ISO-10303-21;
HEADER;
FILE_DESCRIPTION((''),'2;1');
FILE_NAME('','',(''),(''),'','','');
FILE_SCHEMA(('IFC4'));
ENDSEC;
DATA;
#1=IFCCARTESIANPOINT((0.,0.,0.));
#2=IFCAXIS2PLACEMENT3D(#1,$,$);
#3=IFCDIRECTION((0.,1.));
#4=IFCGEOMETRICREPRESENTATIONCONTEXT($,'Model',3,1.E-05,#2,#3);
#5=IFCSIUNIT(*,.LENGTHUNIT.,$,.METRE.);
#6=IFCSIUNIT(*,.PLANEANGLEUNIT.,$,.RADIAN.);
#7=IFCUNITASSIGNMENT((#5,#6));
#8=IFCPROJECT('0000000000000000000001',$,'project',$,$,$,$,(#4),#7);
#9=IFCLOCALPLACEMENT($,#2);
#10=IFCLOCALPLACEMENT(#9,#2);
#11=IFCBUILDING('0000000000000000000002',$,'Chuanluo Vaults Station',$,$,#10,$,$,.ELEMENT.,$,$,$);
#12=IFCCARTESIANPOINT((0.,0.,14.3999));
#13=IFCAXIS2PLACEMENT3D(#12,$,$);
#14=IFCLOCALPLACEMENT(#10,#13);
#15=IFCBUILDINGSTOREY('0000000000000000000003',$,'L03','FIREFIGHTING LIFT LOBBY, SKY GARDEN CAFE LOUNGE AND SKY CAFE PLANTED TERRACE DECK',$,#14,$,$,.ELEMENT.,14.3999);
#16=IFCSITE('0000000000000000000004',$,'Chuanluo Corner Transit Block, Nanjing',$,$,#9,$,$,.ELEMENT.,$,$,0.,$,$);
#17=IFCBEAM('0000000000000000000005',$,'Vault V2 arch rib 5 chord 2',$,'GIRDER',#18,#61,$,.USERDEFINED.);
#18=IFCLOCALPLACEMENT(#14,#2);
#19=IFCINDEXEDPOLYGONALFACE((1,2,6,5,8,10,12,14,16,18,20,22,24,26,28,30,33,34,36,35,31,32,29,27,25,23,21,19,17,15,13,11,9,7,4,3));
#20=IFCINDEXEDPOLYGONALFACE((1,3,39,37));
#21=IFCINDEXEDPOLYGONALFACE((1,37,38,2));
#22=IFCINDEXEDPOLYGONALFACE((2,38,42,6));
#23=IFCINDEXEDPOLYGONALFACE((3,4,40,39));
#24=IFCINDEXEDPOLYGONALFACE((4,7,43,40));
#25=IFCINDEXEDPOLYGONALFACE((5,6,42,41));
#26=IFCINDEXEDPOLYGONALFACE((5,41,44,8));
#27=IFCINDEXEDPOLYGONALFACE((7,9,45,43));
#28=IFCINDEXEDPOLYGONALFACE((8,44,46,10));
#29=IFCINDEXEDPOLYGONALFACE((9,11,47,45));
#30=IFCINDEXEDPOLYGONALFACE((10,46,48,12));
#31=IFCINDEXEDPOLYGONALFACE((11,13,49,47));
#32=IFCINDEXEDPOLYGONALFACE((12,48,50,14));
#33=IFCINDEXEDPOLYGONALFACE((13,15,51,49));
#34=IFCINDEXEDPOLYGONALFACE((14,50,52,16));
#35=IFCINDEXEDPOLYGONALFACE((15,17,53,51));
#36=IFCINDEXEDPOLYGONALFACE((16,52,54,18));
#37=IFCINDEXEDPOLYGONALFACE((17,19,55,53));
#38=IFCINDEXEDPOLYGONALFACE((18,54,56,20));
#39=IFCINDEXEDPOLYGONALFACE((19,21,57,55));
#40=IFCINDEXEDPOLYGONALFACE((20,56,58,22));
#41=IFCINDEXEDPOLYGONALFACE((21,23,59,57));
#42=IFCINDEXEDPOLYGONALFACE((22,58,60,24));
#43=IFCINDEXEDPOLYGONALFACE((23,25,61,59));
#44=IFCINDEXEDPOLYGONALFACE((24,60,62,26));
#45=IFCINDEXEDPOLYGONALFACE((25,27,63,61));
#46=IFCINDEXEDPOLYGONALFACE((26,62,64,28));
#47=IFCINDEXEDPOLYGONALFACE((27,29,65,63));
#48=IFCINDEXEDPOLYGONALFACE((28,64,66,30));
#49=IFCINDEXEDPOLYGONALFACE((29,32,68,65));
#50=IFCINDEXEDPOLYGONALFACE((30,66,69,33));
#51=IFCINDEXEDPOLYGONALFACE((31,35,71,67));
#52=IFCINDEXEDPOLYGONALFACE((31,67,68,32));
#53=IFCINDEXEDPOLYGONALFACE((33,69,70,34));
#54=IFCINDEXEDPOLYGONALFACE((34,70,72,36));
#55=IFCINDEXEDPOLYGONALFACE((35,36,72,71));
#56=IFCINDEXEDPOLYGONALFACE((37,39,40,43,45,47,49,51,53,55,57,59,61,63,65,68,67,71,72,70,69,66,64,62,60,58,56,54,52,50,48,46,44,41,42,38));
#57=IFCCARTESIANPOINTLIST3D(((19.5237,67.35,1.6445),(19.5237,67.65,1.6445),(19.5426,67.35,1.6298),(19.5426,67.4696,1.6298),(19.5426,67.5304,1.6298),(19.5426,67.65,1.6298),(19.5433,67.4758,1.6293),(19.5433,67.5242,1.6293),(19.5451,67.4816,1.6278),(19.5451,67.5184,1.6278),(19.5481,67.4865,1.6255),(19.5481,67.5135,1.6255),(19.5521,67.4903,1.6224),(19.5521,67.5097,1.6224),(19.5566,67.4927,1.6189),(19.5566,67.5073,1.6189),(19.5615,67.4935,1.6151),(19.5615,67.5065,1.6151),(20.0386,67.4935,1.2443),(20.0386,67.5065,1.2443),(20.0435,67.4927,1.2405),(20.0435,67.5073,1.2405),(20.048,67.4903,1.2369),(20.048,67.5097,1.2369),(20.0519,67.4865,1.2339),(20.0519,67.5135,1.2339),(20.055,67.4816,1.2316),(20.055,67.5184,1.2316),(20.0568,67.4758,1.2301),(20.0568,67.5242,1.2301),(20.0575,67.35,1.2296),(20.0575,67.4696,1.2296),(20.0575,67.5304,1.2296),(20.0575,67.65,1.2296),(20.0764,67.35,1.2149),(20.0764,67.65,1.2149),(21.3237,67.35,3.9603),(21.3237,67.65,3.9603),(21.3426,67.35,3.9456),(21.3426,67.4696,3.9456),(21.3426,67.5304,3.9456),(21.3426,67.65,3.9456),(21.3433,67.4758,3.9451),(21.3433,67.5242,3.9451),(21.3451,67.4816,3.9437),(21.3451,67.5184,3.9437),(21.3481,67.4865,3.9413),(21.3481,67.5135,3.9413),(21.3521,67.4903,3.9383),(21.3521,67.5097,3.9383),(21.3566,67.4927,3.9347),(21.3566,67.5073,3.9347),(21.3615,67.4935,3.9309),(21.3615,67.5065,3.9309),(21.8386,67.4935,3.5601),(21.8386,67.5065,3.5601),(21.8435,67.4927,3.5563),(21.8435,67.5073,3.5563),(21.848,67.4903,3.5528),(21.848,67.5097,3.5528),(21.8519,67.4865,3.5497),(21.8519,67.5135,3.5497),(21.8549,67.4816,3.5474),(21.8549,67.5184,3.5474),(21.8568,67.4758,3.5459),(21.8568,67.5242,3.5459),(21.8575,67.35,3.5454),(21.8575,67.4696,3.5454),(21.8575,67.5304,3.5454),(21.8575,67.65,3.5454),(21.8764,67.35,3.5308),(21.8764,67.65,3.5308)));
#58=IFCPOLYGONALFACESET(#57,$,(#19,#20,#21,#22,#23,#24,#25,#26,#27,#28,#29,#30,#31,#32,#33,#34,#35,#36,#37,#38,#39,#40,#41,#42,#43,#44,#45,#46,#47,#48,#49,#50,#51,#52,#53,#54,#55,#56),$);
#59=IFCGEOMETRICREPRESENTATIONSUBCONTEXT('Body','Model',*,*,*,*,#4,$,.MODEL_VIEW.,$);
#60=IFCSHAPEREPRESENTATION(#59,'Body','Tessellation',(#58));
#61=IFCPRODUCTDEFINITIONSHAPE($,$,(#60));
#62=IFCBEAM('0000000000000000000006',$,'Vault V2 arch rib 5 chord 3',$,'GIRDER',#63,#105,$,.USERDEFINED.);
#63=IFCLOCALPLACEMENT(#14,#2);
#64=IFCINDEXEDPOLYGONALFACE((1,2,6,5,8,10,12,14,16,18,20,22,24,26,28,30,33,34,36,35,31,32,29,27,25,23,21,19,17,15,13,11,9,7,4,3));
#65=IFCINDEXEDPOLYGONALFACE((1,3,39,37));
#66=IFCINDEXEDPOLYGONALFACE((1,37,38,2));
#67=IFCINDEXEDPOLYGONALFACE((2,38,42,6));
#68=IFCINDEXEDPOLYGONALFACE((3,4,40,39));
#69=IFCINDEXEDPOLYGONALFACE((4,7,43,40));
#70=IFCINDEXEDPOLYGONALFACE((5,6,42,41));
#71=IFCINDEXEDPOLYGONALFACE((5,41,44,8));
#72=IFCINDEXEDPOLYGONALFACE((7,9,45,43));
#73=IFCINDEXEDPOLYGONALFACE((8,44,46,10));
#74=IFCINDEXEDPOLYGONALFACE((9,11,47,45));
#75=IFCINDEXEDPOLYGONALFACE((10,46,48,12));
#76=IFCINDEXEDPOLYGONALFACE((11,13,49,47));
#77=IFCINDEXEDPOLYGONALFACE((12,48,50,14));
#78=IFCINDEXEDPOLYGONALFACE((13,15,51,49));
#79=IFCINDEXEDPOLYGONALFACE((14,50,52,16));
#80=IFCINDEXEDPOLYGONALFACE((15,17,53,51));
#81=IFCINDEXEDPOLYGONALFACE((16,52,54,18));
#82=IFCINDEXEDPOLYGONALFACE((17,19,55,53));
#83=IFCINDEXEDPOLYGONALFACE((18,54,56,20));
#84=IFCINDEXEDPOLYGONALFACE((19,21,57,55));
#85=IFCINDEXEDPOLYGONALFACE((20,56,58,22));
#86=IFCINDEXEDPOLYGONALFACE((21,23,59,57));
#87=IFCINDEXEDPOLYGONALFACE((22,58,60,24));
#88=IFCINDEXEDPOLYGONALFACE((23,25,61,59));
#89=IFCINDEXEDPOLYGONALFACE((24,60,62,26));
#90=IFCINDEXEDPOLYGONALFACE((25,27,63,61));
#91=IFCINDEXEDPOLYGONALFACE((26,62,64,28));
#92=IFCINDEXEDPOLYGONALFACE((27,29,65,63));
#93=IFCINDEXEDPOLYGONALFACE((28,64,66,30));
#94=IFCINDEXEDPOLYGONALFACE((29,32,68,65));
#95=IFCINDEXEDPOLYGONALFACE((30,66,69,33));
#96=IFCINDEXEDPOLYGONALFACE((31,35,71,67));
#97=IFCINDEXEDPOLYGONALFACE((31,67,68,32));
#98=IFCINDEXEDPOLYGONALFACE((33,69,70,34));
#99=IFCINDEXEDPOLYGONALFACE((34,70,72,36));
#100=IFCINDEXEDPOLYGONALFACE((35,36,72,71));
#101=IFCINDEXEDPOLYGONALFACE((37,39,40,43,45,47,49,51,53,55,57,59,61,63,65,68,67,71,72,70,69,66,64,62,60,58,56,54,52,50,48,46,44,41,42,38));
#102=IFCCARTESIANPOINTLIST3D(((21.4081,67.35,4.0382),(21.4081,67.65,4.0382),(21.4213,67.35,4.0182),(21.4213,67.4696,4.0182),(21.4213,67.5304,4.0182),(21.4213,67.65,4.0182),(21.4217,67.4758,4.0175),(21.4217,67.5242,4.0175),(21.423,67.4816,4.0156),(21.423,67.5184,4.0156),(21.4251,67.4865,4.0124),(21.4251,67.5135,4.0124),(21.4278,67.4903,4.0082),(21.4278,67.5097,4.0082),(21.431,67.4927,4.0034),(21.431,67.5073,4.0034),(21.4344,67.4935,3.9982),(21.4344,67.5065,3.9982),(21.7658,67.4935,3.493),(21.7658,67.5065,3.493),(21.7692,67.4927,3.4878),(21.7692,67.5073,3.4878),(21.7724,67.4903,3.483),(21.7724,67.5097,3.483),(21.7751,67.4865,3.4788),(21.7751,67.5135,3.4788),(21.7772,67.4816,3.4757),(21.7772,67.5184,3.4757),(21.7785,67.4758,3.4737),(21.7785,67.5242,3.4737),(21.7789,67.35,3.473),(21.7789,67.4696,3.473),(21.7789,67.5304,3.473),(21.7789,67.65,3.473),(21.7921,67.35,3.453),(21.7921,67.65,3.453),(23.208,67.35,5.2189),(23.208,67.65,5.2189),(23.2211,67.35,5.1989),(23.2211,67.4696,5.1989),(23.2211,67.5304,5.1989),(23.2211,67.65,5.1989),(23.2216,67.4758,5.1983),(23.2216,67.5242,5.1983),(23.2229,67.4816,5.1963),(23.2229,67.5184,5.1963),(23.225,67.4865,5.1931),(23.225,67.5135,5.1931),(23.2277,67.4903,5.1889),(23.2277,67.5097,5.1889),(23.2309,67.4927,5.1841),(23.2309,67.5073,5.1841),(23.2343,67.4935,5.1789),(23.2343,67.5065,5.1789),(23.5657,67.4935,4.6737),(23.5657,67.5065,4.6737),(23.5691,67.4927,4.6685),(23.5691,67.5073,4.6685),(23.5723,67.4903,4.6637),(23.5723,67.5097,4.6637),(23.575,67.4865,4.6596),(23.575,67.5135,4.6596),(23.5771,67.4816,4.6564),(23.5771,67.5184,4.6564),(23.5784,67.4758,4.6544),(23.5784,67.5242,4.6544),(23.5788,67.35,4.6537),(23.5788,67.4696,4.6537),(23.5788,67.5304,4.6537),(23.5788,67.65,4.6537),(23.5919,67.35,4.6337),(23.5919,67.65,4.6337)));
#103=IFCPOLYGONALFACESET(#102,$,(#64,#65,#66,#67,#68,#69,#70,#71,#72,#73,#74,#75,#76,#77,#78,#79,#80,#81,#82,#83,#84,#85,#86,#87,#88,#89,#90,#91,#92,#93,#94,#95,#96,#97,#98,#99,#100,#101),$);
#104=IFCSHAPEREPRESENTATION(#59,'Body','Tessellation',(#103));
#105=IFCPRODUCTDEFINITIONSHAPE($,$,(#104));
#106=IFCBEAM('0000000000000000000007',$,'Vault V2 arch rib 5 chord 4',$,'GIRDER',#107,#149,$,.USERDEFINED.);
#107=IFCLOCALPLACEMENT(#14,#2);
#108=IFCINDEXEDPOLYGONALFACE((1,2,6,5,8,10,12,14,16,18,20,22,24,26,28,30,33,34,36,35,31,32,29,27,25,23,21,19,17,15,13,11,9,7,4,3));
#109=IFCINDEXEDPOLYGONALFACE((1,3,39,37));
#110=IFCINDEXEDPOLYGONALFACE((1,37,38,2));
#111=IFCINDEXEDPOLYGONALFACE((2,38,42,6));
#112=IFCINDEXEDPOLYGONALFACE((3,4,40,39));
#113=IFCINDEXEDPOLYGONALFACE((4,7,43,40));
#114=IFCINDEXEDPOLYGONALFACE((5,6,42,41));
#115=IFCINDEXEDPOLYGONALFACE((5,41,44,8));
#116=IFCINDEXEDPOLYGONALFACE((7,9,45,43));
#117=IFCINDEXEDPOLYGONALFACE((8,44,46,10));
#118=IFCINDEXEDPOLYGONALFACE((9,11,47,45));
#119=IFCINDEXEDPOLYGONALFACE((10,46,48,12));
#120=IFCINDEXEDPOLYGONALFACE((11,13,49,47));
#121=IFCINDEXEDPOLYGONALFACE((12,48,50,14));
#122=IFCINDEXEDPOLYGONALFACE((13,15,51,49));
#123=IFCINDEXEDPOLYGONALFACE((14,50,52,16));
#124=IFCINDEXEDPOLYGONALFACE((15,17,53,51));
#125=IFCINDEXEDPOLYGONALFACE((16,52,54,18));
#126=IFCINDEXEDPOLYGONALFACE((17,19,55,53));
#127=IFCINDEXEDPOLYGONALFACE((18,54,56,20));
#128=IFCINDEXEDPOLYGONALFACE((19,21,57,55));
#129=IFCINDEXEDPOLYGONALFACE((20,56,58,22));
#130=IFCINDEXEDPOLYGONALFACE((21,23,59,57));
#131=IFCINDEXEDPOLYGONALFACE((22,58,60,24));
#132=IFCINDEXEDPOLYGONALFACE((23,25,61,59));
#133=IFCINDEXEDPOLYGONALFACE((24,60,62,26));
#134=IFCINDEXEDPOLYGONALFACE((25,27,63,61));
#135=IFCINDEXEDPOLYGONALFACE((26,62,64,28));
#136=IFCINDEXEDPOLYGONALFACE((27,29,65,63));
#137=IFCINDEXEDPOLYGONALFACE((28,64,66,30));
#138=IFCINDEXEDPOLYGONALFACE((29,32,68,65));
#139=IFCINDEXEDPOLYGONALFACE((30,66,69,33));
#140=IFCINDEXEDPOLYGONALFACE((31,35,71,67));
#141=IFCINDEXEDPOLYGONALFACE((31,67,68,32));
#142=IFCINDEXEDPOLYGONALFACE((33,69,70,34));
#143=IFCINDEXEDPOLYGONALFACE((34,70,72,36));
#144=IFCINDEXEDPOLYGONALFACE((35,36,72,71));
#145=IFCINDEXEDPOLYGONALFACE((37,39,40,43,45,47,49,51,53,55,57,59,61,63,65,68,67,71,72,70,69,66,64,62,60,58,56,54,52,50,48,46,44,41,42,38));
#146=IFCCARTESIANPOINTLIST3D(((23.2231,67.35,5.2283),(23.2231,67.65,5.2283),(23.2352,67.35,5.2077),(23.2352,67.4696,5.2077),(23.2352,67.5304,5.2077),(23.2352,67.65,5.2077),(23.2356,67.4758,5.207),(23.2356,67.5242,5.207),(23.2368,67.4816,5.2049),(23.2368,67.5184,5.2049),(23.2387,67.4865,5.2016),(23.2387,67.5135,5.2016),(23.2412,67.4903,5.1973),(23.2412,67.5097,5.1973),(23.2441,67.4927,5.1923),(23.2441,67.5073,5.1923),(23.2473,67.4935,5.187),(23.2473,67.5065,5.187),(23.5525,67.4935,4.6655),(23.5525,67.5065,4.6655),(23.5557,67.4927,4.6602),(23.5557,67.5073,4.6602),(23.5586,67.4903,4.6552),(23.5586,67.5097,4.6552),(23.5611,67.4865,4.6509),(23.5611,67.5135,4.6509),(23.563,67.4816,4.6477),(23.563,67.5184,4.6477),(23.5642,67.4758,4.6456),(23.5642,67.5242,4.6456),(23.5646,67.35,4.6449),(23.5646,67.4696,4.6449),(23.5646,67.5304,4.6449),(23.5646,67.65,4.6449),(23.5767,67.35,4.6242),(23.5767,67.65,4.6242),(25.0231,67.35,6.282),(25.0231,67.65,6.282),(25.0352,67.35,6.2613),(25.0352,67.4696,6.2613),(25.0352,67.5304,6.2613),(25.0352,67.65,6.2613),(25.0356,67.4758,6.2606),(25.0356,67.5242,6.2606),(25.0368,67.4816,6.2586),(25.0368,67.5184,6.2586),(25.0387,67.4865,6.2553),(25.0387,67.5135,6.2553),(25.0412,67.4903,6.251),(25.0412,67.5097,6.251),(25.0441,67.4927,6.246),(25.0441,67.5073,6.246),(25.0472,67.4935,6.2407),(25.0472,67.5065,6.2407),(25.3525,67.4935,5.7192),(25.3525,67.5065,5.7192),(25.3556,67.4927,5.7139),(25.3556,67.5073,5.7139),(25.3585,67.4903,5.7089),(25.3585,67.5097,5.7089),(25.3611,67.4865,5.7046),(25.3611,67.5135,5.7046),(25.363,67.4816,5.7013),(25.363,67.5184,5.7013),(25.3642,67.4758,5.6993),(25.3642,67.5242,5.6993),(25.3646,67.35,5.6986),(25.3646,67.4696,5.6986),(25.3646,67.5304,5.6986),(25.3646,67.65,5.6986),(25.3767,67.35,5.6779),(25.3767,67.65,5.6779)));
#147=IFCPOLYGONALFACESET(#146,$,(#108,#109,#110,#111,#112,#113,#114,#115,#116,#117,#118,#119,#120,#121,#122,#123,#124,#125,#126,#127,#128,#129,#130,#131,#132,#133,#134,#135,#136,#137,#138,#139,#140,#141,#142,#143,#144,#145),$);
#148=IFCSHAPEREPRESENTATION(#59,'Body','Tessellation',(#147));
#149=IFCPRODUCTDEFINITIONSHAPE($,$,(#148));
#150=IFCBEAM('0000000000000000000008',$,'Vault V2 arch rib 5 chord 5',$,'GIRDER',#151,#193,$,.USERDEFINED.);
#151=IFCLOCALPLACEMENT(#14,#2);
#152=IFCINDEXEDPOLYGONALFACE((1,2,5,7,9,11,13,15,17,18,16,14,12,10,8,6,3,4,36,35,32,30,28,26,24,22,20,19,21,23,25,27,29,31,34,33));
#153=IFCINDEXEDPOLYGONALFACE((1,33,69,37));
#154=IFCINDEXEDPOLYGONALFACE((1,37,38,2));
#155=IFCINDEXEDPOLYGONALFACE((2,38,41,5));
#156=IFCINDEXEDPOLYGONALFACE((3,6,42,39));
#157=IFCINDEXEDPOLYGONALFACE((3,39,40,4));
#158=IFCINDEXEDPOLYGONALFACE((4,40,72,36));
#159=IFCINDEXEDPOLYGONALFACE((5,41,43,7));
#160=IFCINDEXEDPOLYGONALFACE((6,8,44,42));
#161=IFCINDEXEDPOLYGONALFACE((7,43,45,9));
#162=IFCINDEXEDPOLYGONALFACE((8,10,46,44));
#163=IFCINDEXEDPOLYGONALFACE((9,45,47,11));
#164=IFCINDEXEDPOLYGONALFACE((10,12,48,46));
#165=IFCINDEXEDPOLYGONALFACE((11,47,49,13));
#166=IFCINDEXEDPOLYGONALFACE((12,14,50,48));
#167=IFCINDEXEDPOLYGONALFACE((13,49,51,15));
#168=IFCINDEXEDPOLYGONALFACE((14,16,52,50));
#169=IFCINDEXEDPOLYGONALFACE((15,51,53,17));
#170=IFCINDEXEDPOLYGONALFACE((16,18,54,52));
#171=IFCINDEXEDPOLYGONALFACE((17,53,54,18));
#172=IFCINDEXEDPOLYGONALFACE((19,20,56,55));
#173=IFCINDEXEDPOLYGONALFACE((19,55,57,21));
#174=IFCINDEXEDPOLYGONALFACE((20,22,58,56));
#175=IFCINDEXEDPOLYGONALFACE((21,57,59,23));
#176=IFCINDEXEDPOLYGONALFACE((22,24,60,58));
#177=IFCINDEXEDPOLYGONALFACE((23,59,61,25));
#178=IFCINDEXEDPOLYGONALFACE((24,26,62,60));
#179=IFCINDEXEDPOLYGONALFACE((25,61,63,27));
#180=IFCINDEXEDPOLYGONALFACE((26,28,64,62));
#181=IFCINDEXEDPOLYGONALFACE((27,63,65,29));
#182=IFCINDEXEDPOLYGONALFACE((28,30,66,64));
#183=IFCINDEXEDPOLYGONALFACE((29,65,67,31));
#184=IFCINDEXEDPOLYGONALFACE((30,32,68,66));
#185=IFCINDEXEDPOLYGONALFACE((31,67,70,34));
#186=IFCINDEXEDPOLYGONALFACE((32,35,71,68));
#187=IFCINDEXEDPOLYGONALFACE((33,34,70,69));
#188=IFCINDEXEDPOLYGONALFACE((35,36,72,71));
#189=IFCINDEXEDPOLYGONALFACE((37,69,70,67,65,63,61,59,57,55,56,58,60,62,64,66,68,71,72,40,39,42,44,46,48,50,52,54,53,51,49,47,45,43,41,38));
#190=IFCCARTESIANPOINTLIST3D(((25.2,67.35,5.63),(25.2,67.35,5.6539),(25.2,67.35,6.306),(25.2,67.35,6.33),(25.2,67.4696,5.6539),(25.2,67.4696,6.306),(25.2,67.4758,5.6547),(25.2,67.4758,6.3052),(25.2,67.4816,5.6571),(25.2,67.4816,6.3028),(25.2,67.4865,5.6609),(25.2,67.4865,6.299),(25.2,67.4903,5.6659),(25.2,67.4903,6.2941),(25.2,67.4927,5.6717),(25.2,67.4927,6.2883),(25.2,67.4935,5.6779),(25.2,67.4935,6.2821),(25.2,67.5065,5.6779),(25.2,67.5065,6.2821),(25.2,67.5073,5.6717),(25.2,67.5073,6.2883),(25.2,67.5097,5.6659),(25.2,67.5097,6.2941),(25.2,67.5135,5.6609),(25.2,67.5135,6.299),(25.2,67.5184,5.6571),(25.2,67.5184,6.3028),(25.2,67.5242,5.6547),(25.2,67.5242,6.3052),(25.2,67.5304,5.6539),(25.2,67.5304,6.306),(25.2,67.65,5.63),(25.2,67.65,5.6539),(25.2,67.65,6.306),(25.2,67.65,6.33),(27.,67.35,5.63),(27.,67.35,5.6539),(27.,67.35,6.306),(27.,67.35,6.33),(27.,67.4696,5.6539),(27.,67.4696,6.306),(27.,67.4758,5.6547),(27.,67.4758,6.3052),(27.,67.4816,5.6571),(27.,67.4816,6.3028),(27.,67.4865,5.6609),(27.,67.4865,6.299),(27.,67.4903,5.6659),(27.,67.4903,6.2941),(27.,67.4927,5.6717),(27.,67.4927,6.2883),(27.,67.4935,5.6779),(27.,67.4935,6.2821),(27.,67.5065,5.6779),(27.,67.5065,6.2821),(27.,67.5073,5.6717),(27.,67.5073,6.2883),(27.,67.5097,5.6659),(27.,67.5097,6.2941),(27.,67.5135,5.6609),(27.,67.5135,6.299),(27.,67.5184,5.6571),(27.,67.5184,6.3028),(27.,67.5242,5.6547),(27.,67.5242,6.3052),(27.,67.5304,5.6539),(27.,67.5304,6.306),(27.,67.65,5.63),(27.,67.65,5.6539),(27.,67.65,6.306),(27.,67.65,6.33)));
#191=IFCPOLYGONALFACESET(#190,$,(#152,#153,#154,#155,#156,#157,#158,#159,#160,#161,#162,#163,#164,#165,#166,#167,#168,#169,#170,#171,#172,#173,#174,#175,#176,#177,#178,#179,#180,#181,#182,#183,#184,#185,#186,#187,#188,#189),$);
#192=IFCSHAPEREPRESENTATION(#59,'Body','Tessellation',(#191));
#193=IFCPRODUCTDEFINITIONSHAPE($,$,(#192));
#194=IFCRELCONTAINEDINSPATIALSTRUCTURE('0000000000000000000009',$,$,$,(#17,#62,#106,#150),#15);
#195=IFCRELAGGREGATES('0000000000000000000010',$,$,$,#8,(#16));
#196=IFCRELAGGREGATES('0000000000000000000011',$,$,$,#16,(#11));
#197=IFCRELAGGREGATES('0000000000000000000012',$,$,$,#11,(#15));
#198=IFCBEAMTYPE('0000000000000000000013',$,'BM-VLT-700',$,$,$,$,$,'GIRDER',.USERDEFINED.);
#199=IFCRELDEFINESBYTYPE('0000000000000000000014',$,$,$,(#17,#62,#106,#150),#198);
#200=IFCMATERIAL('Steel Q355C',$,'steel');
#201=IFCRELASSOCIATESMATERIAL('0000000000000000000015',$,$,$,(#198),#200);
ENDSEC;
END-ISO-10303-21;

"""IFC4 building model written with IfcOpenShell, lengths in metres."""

from ifc_helpers import new_model, si_unit, direction, frame, origin, origin_2d, place, context, subcontext, project, spatial, i_section, extrude, material, material_profile, profile_set, type_object, element, save


model = new_model("IFC4")

# Units and contexts
model_context = context("Model", 3, precision=1e-05, world=origin(), true_north=direction((0.0, 1.0)))
body_context = subcontext(model_context, "Body", "Model", "MODEL_VIEW")
ifc_project = project(units=[si_unit("LENGTHUNIT", "METRE"), si_unit("PLANEANGLEUNIT", "RADIAN")], contexts=[model_context])

# Site, building, storey
site_placement = place(None, origin())
site = spatial("IfcSite", under=ifc_project, at=site_placement, Name="Chuanluo Corner Transit Block, Nanjing", CompositionType="ELEMENT", RefElevation=0.0)
building_placement = place(site_placement, origin())
building = spatial("IfcBuilding", under=site, at=building_placement, Name="Chuanluo Vaults Station", CompositionType="ELEMENT")
storey_placement = place(building_placement, frame((0.0, 0.0, 14.3999)))
storey = spatial("IfcBuildingStorey", under=building, at=storey_placement, Name="L03", Description="FIREFIGHTING LIFT LOBBY, SKY GARDEN CAFE LOUNGE AND SKY CAFE PLANTED TERRACE DECK", CompositionType="ELEMENT", Elevation=14.3999)

# Beams
ifc_material_1 = material(Name="Steel Q355C", Category="steel")
ifc_material_profile_1 = material_profile(ifc_material_1, i_section(OverallWidth=0.3, OverallDepth=0.7, WebThickness=0.0129, FlangeThickness=0.0239, FilletRadius=0.0239, at=origin_2d()))
ifc_profile_set_1 = profile_set([ifc_material_profile_1], Name="Steel Q355C")
beam_type_1 = type_object("IfcBeamType", Name="BM-VLT-700", ElementType="GIRDER", PredefinedType="USERDEFINED", material=ifc_profile_set_1)
beam_1_placement = place(storey_placement, frame((19.8, 67.5, 1.4297), z_axis=(0.613681, 0.0, 0.789554), x_axis=(0.0, 1.0, 0.0)))
element("IfcBeam", 1, at=beam_1_placement, inside=storey, type_object=beam_type_1, Name="Vault V2 arch rib 5 chord 2", ObjectType="GIRDER", PredefinedType="USERDEFINED", context=body_context, shape_type="SweptSolid", body=[
    extrude(i_section(OverallWidth=0.3, OverallDepth=0.7, WebThickness=0.0129, FlangeThickness=0.0239, FilletRadius=0.0239, at=origin_2d()), origin(), (0.0, 0.0, 1.0), 2.9331),
])
beam_2_placement = place(storey_placement, frame((21.6001, 67.5, 3.7456), z_axis=(0.836145, 0.0, 0.548508), x_axis=(0.0, 1.0, 0.0)))
element("IfcBeam", 2, at=beam_2_placement, inside=storey, type_object=beam_type_1, Name="Vault V2 arch rib 5 chord 3", ObjectType="GIRDER", PredefinedType="USERDEFINED", context=body_context, shape_type="SweptSolid", body=[
    extrude(i_section(OverallWidth=0.3, OverallDepth=0.7, WebThickness=0.0129, FlangeThickness=0.0239, FilletRadius=0.0239, at=origin_2d()), origin(), (0.0, 0.0, 1.0), 2.1526),
])
beam_3_placement = place(storey_placement, frame((23.3999, 67.5, 4.9263), z_axis=(0.863009, 0.0, 0.505188), x_axis=(0.0, 1.0, 0.0)))
element("IfcBeam", 3, at=beam_3_placement, inside=storey, type_object=beam_type_1, Name="Vault V2 arch rib 5 chord 4", ObjectType="GIRDER", PredefinedType="USERDEFINED", context=body_context, shape_type="SweptSolid", body=[
    extrude(i_section(OverallWidth=0.3, OverallDepth=0.7, WebThickness=0.0129, FlangeThickness=0.0239, FilletRadius=0.0239, at=origin_2d()), origin(), (0.0, 0.0, 1.0), 2.0857),
])
for number, where, z_axis, x_axis, name in (
    (4, (25.2, 67.5, 5.98), (1.0, 0.0, 0.0), (0.0, 1.0, 0.0), "Vault V2 arch rib 5 chord 5"),
):
    element("IfcBeam", number, at=place(storey_placement, frame(where, z_axis=z_axis, x_axis=x_axis)), inside=storey, type_object=beam_type_1, Name=name, ObjectType="GIRDER", PredefinedType="USERDEFINED", context=body_context, shape_type="SweptSolid", body=[
        extrude(i_section(OverallWidth=0.3, OverallDepth=0.7, WebThickness=0.0129, FlangeThickness=0.0239, FilletRadius=0.0239, at=origin_2d()), origin(), (0.0, 0.0, 1.0), 1.8),
    ])

save(model, "model.ifc")
